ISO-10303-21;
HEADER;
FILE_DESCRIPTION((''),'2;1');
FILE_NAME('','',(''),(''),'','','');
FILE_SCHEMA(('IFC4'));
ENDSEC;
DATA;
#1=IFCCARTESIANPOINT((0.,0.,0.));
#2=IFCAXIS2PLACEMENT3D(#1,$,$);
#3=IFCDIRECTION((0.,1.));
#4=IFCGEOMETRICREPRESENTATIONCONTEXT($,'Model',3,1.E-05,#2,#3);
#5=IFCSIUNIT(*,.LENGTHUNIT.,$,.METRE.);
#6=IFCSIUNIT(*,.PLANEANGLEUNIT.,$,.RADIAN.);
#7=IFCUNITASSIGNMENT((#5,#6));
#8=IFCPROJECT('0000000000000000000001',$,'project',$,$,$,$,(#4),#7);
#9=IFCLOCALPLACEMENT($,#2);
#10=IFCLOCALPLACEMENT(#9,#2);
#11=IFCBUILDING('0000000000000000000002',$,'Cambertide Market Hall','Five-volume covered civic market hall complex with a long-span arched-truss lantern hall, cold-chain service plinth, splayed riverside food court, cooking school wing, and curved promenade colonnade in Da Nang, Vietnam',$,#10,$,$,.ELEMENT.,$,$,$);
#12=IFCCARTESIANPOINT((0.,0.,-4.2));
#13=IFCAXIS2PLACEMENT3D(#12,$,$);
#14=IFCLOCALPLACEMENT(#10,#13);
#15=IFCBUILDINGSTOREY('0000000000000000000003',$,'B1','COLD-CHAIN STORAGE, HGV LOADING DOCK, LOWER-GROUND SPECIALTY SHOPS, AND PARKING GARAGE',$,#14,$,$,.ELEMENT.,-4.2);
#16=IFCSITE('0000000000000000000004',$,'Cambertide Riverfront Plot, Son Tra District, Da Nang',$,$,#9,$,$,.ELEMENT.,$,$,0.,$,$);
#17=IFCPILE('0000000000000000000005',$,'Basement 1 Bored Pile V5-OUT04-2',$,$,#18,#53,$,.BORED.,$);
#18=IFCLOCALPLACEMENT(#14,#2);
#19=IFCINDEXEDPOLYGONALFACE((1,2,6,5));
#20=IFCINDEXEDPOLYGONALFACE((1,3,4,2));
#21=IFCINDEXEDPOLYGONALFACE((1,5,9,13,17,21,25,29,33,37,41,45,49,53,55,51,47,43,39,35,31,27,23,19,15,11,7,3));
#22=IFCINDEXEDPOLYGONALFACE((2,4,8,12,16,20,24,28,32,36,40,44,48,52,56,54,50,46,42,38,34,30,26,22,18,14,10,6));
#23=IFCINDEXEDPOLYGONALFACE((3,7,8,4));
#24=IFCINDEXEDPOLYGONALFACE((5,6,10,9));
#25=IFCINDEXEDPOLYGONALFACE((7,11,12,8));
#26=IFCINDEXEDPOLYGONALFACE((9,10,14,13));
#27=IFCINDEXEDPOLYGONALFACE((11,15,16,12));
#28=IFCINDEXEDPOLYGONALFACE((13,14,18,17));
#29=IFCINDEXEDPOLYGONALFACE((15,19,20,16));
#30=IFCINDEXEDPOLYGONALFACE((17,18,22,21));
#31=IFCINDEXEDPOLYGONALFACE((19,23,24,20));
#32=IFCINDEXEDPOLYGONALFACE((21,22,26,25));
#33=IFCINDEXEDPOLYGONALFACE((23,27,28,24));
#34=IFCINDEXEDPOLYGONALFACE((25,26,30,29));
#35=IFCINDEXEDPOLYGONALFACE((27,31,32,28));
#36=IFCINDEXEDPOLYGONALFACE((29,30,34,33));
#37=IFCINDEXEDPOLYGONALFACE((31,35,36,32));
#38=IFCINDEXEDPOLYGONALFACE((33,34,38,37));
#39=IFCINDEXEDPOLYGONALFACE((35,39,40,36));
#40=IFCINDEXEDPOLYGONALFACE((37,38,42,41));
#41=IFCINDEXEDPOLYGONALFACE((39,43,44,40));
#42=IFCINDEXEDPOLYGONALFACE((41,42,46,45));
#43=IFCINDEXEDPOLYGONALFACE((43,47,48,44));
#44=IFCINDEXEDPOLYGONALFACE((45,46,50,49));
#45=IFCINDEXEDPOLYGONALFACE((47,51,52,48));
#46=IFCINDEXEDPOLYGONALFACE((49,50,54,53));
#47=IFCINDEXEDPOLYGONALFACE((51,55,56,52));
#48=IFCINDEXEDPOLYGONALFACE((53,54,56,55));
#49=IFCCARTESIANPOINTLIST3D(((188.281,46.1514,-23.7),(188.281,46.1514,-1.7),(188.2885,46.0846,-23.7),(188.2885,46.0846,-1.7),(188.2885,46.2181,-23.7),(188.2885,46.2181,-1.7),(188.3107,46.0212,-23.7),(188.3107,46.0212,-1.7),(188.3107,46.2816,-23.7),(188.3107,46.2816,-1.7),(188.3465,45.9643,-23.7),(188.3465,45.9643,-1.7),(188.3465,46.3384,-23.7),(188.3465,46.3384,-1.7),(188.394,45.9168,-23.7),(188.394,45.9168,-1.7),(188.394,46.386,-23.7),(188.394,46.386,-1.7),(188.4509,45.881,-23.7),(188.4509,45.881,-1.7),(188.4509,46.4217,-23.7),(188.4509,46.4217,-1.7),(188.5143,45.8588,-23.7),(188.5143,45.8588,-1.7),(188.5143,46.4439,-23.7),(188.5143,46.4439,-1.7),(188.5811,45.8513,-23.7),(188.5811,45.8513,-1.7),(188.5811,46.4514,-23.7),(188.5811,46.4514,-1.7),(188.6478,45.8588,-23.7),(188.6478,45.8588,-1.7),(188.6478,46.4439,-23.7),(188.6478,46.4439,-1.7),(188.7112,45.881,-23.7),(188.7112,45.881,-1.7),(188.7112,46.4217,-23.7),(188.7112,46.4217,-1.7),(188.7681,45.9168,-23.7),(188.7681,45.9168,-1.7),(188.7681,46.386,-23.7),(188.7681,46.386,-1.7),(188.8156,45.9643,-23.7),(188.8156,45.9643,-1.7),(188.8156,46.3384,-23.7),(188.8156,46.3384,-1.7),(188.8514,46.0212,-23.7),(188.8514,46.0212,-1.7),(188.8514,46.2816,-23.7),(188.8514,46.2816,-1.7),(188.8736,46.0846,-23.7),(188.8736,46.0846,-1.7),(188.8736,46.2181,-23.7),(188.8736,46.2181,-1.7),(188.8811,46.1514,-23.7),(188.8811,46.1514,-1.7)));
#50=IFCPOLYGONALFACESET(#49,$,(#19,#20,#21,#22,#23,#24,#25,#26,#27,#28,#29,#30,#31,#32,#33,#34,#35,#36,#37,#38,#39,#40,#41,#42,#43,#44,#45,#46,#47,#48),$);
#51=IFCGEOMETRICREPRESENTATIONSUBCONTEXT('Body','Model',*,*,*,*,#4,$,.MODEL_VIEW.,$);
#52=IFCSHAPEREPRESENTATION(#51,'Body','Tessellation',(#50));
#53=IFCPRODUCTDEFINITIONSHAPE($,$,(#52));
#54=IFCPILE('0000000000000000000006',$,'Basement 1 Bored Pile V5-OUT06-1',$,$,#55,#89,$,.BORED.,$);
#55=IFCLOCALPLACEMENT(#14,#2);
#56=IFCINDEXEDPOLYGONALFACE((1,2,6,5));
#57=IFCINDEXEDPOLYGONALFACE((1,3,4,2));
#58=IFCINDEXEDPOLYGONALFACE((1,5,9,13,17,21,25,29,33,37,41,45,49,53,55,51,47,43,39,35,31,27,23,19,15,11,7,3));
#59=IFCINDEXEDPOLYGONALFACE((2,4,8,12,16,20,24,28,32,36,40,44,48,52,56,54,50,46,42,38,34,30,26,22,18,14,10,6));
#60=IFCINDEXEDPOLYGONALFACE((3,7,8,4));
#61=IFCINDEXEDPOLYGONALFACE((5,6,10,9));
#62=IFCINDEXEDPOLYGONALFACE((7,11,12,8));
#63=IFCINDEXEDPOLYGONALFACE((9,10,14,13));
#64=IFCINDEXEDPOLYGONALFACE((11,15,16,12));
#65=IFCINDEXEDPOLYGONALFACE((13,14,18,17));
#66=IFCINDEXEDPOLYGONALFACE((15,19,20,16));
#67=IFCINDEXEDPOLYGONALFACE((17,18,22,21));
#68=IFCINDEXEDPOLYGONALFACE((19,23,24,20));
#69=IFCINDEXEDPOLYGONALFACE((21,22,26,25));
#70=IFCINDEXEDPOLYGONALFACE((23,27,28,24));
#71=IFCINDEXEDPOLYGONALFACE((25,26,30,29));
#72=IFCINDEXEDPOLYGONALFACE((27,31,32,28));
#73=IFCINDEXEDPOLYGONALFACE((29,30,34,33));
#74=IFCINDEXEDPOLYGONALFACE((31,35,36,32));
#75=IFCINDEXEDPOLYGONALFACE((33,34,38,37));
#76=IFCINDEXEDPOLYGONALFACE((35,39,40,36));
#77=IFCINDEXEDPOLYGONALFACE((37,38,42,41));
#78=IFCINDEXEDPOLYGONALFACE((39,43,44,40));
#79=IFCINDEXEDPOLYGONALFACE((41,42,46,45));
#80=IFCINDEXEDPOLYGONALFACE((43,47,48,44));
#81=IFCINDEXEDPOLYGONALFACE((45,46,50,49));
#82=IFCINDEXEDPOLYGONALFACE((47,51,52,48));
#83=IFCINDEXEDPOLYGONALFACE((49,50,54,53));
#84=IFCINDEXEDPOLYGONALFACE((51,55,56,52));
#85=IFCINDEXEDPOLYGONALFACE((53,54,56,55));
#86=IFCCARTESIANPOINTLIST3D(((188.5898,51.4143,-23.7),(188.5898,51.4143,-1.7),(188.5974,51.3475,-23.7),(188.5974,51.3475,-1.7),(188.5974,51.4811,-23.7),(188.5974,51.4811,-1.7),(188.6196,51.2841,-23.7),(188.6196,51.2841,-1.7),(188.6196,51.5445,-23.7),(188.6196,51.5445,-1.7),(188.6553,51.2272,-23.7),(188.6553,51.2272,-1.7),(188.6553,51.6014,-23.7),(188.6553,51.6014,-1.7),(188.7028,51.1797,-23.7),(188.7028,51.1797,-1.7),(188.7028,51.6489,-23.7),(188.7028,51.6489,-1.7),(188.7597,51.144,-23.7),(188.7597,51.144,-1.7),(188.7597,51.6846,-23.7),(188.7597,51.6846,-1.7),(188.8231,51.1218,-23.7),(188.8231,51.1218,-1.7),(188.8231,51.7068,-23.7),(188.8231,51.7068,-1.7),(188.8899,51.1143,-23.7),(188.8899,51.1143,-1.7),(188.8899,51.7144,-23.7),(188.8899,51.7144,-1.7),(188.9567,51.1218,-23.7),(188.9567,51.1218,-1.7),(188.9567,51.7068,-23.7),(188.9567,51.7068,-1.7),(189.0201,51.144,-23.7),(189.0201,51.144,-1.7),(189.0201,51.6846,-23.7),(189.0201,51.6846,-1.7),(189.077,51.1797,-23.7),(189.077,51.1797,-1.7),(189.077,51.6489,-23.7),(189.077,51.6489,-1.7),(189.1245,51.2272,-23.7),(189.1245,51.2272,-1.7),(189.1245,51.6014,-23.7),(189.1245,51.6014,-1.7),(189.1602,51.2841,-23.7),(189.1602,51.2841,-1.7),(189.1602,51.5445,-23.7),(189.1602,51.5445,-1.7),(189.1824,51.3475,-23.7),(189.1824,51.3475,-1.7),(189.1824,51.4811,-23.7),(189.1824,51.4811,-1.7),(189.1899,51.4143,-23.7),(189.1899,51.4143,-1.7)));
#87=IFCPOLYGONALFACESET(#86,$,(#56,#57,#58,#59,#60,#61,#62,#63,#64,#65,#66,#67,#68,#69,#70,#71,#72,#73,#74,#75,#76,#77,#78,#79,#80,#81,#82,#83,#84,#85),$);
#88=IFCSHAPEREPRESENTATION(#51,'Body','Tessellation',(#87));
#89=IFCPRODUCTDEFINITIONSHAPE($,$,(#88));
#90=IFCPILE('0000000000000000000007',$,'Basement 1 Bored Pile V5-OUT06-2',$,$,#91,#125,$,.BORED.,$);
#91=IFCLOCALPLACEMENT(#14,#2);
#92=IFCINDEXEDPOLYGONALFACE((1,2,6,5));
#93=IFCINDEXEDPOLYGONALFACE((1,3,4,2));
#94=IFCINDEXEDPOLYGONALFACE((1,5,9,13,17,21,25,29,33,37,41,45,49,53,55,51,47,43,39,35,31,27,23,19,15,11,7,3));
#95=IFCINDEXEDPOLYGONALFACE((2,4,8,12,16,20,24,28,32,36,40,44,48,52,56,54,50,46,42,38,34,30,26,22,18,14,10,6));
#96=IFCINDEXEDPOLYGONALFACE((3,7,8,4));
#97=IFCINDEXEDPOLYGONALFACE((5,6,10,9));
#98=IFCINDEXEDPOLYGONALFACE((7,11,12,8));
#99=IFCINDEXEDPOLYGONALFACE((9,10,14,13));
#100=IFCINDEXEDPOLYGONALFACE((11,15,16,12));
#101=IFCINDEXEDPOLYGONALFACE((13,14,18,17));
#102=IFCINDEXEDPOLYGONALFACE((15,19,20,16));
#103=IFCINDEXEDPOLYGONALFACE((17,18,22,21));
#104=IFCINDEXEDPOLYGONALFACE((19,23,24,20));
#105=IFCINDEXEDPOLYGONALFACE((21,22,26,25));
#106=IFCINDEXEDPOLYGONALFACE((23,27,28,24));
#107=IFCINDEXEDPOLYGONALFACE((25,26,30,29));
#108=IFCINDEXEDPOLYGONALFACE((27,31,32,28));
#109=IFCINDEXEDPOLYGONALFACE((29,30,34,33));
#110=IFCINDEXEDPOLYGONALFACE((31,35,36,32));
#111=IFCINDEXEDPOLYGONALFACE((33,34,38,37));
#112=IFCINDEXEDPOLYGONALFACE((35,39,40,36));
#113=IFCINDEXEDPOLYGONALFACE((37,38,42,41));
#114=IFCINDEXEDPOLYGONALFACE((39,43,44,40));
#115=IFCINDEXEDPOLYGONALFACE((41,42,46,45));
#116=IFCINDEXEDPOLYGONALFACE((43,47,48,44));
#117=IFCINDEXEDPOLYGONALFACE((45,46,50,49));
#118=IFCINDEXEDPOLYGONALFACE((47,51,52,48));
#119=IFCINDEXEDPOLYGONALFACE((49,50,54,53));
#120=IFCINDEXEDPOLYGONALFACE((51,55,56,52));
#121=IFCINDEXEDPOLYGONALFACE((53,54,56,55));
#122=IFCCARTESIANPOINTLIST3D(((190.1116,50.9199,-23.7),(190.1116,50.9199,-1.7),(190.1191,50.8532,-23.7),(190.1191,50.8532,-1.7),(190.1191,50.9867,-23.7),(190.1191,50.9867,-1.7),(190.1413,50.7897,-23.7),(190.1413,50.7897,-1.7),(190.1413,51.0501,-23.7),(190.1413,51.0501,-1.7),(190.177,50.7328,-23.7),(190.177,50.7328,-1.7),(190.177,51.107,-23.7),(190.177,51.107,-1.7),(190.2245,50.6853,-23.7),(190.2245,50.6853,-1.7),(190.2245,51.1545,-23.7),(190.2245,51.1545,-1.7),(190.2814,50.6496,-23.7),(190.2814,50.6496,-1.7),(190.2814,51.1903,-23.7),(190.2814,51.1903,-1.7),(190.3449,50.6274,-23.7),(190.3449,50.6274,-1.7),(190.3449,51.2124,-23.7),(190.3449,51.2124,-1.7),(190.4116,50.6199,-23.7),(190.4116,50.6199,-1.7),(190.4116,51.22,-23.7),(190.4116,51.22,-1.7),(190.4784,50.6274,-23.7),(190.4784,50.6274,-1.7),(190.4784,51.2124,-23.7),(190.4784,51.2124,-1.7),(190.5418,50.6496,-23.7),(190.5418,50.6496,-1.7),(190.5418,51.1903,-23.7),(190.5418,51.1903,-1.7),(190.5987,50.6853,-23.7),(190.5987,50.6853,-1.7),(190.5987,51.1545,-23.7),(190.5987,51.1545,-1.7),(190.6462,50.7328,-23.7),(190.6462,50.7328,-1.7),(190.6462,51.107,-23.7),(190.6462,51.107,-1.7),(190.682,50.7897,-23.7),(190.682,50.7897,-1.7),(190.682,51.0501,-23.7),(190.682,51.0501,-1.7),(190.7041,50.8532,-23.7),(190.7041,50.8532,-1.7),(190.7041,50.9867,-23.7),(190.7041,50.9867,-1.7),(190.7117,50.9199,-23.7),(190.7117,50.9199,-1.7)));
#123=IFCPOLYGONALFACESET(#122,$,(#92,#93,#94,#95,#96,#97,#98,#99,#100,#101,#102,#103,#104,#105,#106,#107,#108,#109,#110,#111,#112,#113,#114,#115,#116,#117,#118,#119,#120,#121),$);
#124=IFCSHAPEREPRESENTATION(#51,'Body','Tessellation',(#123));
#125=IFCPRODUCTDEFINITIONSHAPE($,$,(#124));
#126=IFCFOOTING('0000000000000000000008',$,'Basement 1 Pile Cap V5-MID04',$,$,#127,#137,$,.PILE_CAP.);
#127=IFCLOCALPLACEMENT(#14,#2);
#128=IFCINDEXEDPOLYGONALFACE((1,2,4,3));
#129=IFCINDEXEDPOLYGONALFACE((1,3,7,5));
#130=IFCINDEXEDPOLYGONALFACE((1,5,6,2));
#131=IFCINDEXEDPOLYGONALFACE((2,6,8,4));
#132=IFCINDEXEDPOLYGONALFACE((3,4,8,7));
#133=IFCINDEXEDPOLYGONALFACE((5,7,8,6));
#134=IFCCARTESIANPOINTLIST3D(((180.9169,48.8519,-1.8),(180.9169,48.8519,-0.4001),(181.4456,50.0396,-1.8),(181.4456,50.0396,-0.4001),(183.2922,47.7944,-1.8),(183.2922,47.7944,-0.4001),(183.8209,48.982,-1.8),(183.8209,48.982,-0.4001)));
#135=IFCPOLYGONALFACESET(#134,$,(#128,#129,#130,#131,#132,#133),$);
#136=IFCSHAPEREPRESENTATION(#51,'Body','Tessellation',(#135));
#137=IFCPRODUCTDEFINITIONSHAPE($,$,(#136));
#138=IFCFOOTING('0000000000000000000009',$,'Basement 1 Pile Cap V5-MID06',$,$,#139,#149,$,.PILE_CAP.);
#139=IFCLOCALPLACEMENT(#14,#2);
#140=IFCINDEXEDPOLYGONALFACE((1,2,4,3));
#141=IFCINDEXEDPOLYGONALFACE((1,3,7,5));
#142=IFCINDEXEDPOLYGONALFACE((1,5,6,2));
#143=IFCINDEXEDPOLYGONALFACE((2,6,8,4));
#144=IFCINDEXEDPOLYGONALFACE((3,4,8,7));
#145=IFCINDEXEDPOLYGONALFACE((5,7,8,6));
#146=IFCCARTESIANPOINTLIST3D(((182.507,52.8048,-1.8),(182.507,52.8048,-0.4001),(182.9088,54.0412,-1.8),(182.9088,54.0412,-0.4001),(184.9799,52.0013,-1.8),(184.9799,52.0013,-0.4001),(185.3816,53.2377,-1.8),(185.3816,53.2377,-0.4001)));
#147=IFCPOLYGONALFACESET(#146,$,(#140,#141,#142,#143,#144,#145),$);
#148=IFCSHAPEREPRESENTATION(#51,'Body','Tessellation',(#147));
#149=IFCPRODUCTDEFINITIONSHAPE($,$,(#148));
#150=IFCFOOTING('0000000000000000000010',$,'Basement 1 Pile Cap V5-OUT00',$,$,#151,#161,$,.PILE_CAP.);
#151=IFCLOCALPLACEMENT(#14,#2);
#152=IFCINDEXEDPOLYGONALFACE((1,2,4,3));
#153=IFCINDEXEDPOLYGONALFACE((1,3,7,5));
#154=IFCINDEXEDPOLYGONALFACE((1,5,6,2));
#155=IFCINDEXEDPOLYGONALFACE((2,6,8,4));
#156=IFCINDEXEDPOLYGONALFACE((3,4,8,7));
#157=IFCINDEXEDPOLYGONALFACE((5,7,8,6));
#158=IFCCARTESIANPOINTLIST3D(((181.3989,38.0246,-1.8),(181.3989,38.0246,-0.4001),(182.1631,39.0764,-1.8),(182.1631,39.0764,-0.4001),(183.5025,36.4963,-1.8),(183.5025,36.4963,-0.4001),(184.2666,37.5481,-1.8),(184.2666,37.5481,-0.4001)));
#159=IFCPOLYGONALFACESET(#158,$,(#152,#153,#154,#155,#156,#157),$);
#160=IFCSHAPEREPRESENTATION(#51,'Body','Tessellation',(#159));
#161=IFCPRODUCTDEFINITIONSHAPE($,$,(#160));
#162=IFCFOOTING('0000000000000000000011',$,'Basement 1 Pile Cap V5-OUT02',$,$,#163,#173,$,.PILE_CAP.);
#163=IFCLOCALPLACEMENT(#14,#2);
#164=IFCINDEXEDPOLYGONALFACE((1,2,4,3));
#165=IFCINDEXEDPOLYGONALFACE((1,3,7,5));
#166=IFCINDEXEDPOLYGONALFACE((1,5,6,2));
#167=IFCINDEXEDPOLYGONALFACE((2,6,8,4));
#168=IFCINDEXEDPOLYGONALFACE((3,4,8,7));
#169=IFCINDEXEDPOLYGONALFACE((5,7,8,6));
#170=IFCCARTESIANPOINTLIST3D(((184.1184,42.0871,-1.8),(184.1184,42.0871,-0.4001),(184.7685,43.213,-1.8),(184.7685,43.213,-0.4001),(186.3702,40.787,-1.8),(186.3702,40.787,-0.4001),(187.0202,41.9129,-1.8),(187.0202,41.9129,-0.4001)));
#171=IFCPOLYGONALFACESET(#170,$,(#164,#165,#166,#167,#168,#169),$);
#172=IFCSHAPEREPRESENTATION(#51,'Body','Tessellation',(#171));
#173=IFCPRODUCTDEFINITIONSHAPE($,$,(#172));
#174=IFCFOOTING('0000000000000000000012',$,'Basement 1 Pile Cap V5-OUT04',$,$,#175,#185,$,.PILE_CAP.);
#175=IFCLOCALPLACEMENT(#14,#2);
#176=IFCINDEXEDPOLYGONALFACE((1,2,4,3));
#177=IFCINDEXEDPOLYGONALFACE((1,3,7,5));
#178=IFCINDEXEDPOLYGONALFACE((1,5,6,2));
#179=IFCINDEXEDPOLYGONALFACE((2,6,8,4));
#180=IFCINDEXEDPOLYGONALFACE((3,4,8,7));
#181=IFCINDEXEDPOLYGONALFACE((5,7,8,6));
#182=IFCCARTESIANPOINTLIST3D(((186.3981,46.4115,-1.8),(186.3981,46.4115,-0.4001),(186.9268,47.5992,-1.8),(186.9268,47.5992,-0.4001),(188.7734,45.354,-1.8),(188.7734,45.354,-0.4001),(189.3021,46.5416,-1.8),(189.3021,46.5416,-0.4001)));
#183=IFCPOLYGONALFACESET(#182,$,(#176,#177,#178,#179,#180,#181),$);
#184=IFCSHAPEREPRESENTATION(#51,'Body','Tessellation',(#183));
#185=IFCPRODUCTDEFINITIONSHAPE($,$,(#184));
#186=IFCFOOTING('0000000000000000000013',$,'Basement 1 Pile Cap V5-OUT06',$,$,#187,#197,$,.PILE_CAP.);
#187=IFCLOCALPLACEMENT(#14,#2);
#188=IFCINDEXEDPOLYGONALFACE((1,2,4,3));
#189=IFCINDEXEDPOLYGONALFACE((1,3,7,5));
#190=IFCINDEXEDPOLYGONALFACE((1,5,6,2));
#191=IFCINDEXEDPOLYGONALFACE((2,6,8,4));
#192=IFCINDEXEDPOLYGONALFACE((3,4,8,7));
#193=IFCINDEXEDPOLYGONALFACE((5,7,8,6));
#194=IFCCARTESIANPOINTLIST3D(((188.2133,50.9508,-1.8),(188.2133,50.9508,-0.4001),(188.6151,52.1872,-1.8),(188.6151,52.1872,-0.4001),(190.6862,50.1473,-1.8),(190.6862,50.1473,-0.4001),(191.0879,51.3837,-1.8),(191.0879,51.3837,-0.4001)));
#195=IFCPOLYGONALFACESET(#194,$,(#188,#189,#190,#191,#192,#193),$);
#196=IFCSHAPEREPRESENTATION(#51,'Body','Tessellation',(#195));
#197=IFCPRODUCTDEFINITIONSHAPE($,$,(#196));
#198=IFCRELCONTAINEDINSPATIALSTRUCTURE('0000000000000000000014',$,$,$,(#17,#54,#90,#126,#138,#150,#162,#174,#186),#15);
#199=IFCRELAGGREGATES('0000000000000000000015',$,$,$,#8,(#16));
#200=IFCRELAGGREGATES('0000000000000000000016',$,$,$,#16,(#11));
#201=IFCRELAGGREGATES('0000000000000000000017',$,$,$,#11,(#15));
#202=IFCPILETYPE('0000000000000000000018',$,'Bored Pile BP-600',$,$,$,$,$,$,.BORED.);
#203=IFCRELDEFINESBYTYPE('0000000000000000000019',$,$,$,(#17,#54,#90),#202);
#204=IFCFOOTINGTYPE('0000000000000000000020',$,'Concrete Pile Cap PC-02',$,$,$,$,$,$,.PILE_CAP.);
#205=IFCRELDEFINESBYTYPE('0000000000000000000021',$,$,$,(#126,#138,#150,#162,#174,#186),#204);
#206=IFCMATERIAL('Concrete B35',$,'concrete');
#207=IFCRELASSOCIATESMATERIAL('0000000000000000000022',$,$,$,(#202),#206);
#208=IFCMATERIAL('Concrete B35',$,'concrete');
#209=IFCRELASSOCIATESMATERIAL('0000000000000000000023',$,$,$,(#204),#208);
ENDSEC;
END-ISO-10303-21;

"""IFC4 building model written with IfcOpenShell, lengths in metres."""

from ifc_helpers import new_model, si_unit, direction, frame, origin, origin_2d, place, context, subcontext, project, spatial, rectangle, circle, extrude, material, material_profile, profile_set, type_object, element, save


model = new_model("IFC4")

# Units and contexts
model_context = context("Model", 3, precision=1e-05, world=origin(), true_north=direction((0.0, 1.0)))
body_context = subcontext(model_context, "Body", "Model", "MODEL_VIEW")
ifc_project = project(units=[si_unit("LENGTHUNIT", "METRE"), si_unit("PLANEANGLEUNIT", "RADIAN")], contexts=[model_context])

# Site, building, storey
site_placement = place(None, origin())
site = spatial("IfcSite", under=ifc_project, at=site_placement, Name="Cambertide Riverfront Plot, Son Tra District, Da Nang", CompositionType="ELEMENT", RefElevation=0.0)
building_placement = place(site_placement, origin())
building = spatial("IfcBuilding", under=site, at=building_placement, Name="Cambertide Market Hall", Description="Five-volume covered civic market hall complex with a long-span arched-truss lantern hall, cold-chain service plinth, splayed riverside food court, cooking school wing, and curved promenade colonnade in Da Nang, Vietnam", CompositionType="ELEMENT")
storey_placement = place(building_placement, frame((0.0, 0.0, -4.2)))
storey = spatial("IfcBuildingStorey", under=building, at=storey_placement, Name="B1", Description="COLD-CHAIN STORAGE, HGV LOADING DOCK, LOWER-GROUND SPECIALTY SHOPS, AND PARKING GARAGE", CompositionType="ELEMENT", Elevation=-4.2)

# Piles
ifc_material_1 = material(Name="Concrete B35", Category="concrete")
ifc_material_profile_1 = material_profile(ifc_material_1, circle(Radius=0.3, at=origin_2d()), Name="BP D600")
ifc_profile_set_1 = profile_set([ifc_material_profile_1], Name="Concrete B35")
pile_type = type_object("IfcPileType", Name="Bored Pile BP-600", PredefinedType="BORED", material=ifc_profile_set_1)
for number, where, z_axis, x_axis, name in (
    (1, (188.5811, 46.1514, -1.7), (0.0, 0.0, -1.0), (1.0, 0.0, 0.0), "Basement 1 Bored Pile V5-OUT04-2"),
    (2, (188.8899, 51.4143, -1.7), (0.0, 0.0, -1.0), (1.0, 0.0, 0.0), "Basement 1 Bored Pile V5-OUT06-1"),
    (3, (190.4116, 50.9199, -1.7), (0.0, 0.0, -1.0), (1.0, 0.0, 0.0), "Basement 1 Bored Pile V5-OUT06-2"),
):
    element("IfcPile", number, at=place(storey_placement, frame(where, z_axis=z_axis, x_axis=x_axis)), inside=storey, type_object=pile_type, Name=name, PredefinedType="BORED", context=body_context, shape_type="SweptSolid", body=[
        extrude(circle(Radius=0.3, at=origin_2d()), origin(), (0.0, 0.0, 1.0), 22.0),
    ])

# Footings
ifc_material_2 = material(Name="Concrete B35", Category="concrete")
footing_type = type_object("IfcFootingType", Name="Concrete Pile Cap PC-02", PredefinedType="PILE_CAP", material=ifc_material_2)
for number, where, z_axis, x_axis, name in (
    (4, (182.3689, 48.917, -1.8), (0.0, 0.0, 1.0), (0.913545, -0.406737, 0.0), "Basement 1 Pile Cap V5-MID04"),
    (5, (183.9443, 53.0212, -1.8), (0.0, 0.0, 1.0), (0.951057, -0.309017, 0.0), "Basement 1 Pile Cap V5-MID06"),
    (6, (182.8328, 37.7864, -1.8), (0.0, 0.0, 1.0), (0.809017, -0.587785, 0.0), "Basement 1 Pile Cap V5-OUT00"),
    (7, (185.5693, 42.0, -1.8), (0.0, 0.0, 1.0), (0.866025, -0.5, 0.0), "Basement 1 Pile Cap V5-OUT02"),
    (8, (187.8501, 46.4766, -1.8), (0.0, 0.0, 1.0), (0.913545, -0.406737, 0.0), "Basement 1 Pile Cap V5-OUT04"),
    (9, (189.6506, 51.1672, -1.8), (0.0, 0.0, 1.0), (0.951057, -0.309017, 0.0), "Basement 1 Pile Cap V5-OUT06"),
):
    element("IfcFooting", number, at=place(storey_placement, frame(where, z_axis=z_axis, x_axis=x_axis)), inside=storey, type_object=footing_type, Name=name, PredefinedType="PILE_CAP", context=body_context, shape_type="SweptSolid", body=[
        extrude(rectangle(XDim=2.6001, YDim=1.3, at=origin_2d()), origin(), (0.0, 0.0, 1.0), 1.3999),
    ])

save(model, "model.ifc")
